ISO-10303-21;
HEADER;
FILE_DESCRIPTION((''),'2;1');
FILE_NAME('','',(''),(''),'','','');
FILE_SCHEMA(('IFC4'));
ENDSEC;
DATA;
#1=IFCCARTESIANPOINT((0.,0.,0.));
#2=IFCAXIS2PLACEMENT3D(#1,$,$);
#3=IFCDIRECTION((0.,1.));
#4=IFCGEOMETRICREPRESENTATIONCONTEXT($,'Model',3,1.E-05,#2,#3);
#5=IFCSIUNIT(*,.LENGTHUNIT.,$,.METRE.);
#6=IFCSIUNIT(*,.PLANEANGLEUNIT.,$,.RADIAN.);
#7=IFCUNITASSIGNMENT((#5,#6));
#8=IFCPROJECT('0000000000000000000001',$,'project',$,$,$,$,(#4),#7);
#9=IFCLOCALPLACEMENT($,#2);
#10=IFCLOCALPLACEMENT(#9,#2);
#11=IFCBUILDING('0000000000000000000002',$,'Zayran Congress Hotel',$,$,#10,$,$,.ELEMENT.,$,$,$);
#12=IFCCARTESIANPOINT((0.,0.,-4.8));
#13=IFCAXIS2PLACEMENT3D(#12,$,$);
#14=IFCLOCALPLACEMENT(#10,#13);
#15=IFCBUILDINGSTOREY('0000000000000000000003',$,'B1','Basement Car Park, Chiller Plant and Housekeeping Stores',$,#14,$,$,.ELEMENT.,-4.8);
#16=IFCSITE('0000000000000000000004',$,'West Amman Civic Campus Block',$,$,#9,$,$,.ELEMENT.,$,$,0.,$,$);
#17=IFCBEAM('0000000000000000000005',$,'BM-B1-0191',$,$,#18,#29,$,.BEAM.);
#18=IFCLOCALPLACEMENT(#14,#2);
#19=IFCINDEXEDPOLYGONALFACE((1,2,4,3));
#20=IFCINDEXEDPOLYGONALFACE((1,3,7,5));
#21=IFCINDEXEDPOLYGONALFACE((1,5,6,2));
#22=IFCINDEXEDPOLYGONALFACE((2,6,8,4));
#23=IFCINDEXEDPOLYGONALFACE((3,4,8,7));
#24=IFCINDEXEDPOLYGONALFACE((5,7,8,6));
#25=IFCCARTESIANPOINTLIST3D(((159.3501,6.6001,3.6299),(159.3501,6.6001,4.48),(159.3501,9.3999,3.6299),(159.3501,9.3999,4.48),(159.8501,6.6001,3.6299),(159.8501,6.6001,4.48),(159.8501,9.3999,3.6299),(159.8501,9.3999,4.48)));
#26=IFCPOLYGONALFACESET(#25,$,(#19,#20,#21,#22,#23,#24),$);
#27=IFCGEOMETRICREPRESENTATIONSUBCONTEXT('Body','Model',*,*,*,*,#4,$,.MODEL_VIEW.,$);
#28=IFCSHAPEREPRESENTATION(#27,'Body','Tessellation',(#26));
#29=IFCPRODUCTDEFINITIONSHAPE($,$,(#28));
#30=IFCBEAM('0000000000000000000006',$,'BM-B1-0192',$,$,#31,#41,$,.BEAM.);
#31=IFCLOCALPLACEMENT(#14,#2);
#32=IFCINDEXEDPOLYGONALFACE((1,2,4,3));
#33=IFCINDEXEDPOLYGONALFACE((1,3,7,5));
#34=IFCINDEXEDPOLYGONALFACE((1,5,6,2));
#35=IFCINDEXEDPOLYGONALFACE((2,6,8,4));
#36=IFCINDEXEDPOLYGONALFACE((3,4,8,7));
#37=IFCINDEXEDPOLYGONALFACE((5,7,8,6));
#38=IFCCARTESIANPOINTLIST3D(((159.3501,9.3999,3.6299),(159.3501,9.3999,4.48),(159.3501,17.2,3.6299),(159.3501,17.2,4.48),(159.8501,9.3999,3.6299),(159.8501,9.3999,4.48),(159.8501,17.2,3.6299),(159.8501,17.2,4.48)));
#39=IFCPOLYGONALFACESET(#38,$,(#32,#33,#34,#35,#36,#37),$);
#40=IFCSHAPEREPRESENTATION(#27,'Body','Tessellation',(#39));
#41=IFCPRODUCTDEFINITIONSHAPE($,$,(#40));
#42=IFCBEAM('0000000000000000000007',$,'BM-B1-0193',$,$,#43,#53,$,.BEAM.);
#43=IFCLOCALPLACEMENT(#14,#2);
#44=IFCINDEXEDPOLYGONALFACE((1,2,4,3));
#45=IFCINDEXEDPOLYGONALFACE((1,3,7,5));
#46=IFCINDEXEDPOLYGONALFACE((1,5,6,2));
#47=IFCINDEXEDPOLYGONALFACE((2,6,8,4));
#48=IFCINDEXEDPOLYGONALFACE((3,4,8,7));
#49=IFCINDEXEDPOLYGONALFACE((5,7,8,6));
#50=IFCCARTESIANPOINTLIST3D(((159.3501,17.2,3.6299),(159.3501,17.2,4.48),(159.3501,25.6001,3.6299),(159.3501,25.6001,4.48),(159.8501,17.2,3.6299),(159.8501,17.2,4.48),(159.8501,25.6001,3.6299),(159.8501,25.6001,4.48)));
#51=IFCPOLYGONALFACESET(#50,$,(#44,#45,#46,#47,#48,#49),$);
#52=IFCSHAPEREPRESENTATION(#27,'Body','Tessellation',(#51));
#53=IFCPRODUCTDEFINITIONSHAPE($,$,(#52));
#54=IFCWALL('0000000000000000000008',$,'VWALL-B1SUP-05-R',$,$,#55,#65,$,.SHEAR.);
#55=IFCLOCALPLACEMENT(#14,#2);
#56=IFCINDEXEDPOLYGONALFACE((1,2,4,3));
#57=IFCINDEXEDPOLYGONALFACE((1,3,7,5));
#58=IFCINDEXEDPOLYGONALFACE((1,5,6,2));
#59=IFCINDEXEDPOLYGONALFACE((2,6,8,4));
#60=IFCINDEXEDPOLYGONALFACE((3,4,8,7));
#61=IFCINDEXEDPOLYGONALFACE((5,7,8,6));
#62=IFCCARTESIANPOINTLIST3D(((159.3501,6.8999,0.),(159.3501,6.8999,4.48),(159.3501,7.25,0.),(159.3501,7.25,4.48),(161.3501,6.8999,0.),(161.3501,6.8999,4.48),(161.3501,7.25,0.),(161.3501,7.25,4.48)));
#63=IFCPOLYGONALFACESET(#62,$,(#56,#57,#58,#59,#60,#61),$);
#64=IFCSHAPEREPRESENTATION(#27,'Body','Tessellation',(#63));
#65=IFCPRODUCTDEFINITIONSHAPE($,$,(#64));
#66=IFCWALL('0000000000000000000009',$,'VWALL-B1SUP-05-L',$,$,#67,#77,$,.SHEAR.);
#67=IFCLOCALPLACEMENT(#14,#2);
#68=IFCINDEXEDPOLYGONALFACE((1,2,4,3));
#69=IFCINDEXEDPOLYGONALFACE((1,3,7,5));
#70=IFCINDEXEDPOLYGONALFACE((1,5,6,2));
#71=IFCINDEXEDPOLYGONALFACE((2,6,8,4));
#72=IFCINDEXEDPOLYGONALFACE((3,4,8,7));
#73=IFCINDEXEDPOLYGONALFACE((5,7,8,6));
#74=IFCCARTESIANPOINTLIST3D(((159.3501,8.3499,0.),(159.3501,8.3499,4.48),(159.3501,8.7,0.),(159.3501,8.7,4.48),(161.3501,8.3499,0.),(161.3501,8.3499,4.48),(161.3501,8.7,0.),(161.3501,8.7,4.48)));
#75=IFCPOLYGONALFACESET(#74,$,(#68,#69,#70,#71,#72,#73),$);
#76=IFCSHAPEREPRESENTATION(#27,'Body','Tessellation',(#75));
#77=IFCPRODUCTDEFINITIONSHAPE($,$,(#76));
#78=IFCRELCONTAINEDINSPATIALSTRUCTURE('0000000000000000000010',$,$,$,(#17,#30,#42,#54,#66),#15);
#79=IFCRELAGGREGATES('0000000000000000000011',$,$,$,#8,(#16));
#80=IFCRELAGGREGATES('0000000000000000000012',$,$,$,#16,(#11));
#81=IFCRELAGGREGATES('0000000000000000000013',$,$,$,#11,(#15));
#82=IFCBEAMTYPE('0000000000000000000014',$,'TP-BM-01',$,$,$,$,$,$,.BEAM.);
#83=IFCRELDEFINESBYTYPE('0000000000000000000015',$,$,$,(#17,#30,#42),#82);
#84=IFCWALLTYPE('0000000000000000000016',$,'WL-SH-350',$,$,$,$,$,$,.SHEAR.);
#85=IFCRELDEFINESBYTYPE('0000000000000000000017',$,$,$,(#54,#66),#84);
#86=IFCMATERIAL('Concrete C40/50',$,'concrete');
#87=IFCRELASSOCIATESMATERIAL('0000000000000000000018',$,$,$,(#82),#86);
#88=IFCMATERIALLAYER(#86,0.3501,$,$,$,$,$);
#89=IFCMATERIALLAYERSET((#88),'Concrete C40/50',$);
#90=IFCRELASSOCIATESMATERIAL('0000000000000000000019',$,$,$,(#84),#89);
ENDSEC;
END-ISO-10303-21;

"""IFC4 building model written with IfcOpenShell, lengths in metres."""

from ifc_helpers import new_model, si_unit, direction, frame, frame_2d, origin, origin_2d, place, context, subcontext, project, spatial, rectangle, extrude, material, layer, layer_set, material_profile, profile_set, type_object, element, save


model = new_model("IFC4")

# Units and contexts
model_context = context("Model", 3, precision=1e-05, world=origin(), true_north=direction((0.0, 1.0)))
body_context = subcontext(model_context, "Body", "Model", "MODEL_VIEW")
ifc_project = project(units=[si_unit("LENGTHUNIT", "METRE"), si_unit("PLANEANGLEUNIT", "RADIAN")], contexts=[model_context])

# Site, building, storey
site_placement = place(None, origin())
site = spatial("IfcSite", under=ifc_project, at=site_placement, Name="West Amman Civic Campus Block", CompositionType="ELEMENT", RefElevation=0.0)
building_placement = place(site_placement, origin())
building = spatial("IfcBuilding", under=site, at=building_placement, Name="Zayran Congress Hotel", CompositionType="ELEMENT")
storey_placement = place(building_placement, frame((0.0, 0.0, -4.8)))
storey = spatial("IfcBuildingStorey", under=building, at=storey_placement, Name="B1", Description="Basement Car Park, Chiller Plant and Housekeeping Stores", CompositionType="ELEMENT", Elevation=-4.8)

# Shared definitions
ifc_material = material(Name="Concrete C40/50", Category="concrete")

# Beams
ifc_material_profile_1 = material_profile(ifc_material, rectangle(XDim=0.5, YDim=0.8501, at=origin_2d()), Name="RC 500x850")
ifc_profile_set_1 = profile_set([ifc_material_profile_1], Name="Concrete C40/50")
beam_type = type_object("IfcBeamType", Name="TP-BM-01", PredefinedType="BEAM", material=ifc_profile_set_1)
beam_1_placement = place(storey_placement, frame((159.6001, 6.6001, 4.0549), z_axis=(0.0, 1.0, 0.0), x_axis=(-1.0, 0.0, 0.0)))
element("IfcBeam", 1, at=beam_1_placement, inside=storey, type_object=beam_type, Name="BM-B1-0191", PredefinedType="BEAM", context=body_context, shape_type="SweptSolid", body=[
    extrude(rectangle(XDim=0.5, YDim=0.8501, at=origin_2d()), origin(), (0.0, 0.0, 1.0), 2.7998),
])
beam_2_placement = place(storey_placement, frame((159.6001, 9.3999, 4.0549), z_axis=(0.0, 1.0, 0.0), x_axis=(-1.0, 0.0, 0.0)))
element("IfcBeam", 2, at=beam_2_placement, inside=storey, type_object=beam_type, Name="BM-B1-0192", PredefinedType="BEAM", context=body_context, shape_type="SweptSolid", body=[
    extrude(rectangle(XDim=0.5, YDim=0.8501, at=origin_2d()), origin(), (0.0, 0.0, 1.0), 7.8),
])
beam_3_placement = place(storey_placement, frame((159.6001, 17.2, 4.0549), z_axis=(0.0, 1.0, 0.0), x_axis=(-1.0, 0.0, 0.0)))
element("IfcBeam", 3, at=beam_3_placement, inside=storey, type_object=beam_type, Name="BM-B1-0193", PredefinedType="BEAM", context=body_context, shape_type="SweptSolid", body=[
    extrude(rectangle(XDim=0.5, YDim=0.8501, at=origin_2d()), origin(), (0.0, 0.0, 1.0), 8.4001),
])

# Walls
ifc_layer = layer(ifc_material, 0.3501)
ifc_layer_set = layer_set([ifc_layer], Name="Concrete C40/50")
wall_type = type_object("IfcWallType", Name="WL-SH-350", PredefinedType="SHEAR", material=ifc_layer_set)
for number, where, z_axis, x_axis, name in (
    (4, (159.3501, 7.075, 0.0), (0.0, 0.0, 1.0), (1.0, 0.0, 0.0), "VWALL-B1SUP-05-R"),
    (5, (159.3501, 8.5249, 0.0), (0.0, 0.0, 1.0), (1.0, 0.0, 0.0), "VWALL-B1SUP-05-L"),
):
    element("IfcWall", number, at=place(storey_placement, frame(where, z_axis=z_axis, x_axis=x_axis)), inside=storey, type_object=wall_type, Name=name, PredefinedType="SHEAR", context=body_context, shape_type="SweptSolid", body=[
        extrude(rectangle(XDim=2.0, YDim=0.3501, at=frame_2d((1.0, 0.0))), origin(), (0.0, 0.0, 1.0), 4.48),
    ])

save(model, "model.ifc")
